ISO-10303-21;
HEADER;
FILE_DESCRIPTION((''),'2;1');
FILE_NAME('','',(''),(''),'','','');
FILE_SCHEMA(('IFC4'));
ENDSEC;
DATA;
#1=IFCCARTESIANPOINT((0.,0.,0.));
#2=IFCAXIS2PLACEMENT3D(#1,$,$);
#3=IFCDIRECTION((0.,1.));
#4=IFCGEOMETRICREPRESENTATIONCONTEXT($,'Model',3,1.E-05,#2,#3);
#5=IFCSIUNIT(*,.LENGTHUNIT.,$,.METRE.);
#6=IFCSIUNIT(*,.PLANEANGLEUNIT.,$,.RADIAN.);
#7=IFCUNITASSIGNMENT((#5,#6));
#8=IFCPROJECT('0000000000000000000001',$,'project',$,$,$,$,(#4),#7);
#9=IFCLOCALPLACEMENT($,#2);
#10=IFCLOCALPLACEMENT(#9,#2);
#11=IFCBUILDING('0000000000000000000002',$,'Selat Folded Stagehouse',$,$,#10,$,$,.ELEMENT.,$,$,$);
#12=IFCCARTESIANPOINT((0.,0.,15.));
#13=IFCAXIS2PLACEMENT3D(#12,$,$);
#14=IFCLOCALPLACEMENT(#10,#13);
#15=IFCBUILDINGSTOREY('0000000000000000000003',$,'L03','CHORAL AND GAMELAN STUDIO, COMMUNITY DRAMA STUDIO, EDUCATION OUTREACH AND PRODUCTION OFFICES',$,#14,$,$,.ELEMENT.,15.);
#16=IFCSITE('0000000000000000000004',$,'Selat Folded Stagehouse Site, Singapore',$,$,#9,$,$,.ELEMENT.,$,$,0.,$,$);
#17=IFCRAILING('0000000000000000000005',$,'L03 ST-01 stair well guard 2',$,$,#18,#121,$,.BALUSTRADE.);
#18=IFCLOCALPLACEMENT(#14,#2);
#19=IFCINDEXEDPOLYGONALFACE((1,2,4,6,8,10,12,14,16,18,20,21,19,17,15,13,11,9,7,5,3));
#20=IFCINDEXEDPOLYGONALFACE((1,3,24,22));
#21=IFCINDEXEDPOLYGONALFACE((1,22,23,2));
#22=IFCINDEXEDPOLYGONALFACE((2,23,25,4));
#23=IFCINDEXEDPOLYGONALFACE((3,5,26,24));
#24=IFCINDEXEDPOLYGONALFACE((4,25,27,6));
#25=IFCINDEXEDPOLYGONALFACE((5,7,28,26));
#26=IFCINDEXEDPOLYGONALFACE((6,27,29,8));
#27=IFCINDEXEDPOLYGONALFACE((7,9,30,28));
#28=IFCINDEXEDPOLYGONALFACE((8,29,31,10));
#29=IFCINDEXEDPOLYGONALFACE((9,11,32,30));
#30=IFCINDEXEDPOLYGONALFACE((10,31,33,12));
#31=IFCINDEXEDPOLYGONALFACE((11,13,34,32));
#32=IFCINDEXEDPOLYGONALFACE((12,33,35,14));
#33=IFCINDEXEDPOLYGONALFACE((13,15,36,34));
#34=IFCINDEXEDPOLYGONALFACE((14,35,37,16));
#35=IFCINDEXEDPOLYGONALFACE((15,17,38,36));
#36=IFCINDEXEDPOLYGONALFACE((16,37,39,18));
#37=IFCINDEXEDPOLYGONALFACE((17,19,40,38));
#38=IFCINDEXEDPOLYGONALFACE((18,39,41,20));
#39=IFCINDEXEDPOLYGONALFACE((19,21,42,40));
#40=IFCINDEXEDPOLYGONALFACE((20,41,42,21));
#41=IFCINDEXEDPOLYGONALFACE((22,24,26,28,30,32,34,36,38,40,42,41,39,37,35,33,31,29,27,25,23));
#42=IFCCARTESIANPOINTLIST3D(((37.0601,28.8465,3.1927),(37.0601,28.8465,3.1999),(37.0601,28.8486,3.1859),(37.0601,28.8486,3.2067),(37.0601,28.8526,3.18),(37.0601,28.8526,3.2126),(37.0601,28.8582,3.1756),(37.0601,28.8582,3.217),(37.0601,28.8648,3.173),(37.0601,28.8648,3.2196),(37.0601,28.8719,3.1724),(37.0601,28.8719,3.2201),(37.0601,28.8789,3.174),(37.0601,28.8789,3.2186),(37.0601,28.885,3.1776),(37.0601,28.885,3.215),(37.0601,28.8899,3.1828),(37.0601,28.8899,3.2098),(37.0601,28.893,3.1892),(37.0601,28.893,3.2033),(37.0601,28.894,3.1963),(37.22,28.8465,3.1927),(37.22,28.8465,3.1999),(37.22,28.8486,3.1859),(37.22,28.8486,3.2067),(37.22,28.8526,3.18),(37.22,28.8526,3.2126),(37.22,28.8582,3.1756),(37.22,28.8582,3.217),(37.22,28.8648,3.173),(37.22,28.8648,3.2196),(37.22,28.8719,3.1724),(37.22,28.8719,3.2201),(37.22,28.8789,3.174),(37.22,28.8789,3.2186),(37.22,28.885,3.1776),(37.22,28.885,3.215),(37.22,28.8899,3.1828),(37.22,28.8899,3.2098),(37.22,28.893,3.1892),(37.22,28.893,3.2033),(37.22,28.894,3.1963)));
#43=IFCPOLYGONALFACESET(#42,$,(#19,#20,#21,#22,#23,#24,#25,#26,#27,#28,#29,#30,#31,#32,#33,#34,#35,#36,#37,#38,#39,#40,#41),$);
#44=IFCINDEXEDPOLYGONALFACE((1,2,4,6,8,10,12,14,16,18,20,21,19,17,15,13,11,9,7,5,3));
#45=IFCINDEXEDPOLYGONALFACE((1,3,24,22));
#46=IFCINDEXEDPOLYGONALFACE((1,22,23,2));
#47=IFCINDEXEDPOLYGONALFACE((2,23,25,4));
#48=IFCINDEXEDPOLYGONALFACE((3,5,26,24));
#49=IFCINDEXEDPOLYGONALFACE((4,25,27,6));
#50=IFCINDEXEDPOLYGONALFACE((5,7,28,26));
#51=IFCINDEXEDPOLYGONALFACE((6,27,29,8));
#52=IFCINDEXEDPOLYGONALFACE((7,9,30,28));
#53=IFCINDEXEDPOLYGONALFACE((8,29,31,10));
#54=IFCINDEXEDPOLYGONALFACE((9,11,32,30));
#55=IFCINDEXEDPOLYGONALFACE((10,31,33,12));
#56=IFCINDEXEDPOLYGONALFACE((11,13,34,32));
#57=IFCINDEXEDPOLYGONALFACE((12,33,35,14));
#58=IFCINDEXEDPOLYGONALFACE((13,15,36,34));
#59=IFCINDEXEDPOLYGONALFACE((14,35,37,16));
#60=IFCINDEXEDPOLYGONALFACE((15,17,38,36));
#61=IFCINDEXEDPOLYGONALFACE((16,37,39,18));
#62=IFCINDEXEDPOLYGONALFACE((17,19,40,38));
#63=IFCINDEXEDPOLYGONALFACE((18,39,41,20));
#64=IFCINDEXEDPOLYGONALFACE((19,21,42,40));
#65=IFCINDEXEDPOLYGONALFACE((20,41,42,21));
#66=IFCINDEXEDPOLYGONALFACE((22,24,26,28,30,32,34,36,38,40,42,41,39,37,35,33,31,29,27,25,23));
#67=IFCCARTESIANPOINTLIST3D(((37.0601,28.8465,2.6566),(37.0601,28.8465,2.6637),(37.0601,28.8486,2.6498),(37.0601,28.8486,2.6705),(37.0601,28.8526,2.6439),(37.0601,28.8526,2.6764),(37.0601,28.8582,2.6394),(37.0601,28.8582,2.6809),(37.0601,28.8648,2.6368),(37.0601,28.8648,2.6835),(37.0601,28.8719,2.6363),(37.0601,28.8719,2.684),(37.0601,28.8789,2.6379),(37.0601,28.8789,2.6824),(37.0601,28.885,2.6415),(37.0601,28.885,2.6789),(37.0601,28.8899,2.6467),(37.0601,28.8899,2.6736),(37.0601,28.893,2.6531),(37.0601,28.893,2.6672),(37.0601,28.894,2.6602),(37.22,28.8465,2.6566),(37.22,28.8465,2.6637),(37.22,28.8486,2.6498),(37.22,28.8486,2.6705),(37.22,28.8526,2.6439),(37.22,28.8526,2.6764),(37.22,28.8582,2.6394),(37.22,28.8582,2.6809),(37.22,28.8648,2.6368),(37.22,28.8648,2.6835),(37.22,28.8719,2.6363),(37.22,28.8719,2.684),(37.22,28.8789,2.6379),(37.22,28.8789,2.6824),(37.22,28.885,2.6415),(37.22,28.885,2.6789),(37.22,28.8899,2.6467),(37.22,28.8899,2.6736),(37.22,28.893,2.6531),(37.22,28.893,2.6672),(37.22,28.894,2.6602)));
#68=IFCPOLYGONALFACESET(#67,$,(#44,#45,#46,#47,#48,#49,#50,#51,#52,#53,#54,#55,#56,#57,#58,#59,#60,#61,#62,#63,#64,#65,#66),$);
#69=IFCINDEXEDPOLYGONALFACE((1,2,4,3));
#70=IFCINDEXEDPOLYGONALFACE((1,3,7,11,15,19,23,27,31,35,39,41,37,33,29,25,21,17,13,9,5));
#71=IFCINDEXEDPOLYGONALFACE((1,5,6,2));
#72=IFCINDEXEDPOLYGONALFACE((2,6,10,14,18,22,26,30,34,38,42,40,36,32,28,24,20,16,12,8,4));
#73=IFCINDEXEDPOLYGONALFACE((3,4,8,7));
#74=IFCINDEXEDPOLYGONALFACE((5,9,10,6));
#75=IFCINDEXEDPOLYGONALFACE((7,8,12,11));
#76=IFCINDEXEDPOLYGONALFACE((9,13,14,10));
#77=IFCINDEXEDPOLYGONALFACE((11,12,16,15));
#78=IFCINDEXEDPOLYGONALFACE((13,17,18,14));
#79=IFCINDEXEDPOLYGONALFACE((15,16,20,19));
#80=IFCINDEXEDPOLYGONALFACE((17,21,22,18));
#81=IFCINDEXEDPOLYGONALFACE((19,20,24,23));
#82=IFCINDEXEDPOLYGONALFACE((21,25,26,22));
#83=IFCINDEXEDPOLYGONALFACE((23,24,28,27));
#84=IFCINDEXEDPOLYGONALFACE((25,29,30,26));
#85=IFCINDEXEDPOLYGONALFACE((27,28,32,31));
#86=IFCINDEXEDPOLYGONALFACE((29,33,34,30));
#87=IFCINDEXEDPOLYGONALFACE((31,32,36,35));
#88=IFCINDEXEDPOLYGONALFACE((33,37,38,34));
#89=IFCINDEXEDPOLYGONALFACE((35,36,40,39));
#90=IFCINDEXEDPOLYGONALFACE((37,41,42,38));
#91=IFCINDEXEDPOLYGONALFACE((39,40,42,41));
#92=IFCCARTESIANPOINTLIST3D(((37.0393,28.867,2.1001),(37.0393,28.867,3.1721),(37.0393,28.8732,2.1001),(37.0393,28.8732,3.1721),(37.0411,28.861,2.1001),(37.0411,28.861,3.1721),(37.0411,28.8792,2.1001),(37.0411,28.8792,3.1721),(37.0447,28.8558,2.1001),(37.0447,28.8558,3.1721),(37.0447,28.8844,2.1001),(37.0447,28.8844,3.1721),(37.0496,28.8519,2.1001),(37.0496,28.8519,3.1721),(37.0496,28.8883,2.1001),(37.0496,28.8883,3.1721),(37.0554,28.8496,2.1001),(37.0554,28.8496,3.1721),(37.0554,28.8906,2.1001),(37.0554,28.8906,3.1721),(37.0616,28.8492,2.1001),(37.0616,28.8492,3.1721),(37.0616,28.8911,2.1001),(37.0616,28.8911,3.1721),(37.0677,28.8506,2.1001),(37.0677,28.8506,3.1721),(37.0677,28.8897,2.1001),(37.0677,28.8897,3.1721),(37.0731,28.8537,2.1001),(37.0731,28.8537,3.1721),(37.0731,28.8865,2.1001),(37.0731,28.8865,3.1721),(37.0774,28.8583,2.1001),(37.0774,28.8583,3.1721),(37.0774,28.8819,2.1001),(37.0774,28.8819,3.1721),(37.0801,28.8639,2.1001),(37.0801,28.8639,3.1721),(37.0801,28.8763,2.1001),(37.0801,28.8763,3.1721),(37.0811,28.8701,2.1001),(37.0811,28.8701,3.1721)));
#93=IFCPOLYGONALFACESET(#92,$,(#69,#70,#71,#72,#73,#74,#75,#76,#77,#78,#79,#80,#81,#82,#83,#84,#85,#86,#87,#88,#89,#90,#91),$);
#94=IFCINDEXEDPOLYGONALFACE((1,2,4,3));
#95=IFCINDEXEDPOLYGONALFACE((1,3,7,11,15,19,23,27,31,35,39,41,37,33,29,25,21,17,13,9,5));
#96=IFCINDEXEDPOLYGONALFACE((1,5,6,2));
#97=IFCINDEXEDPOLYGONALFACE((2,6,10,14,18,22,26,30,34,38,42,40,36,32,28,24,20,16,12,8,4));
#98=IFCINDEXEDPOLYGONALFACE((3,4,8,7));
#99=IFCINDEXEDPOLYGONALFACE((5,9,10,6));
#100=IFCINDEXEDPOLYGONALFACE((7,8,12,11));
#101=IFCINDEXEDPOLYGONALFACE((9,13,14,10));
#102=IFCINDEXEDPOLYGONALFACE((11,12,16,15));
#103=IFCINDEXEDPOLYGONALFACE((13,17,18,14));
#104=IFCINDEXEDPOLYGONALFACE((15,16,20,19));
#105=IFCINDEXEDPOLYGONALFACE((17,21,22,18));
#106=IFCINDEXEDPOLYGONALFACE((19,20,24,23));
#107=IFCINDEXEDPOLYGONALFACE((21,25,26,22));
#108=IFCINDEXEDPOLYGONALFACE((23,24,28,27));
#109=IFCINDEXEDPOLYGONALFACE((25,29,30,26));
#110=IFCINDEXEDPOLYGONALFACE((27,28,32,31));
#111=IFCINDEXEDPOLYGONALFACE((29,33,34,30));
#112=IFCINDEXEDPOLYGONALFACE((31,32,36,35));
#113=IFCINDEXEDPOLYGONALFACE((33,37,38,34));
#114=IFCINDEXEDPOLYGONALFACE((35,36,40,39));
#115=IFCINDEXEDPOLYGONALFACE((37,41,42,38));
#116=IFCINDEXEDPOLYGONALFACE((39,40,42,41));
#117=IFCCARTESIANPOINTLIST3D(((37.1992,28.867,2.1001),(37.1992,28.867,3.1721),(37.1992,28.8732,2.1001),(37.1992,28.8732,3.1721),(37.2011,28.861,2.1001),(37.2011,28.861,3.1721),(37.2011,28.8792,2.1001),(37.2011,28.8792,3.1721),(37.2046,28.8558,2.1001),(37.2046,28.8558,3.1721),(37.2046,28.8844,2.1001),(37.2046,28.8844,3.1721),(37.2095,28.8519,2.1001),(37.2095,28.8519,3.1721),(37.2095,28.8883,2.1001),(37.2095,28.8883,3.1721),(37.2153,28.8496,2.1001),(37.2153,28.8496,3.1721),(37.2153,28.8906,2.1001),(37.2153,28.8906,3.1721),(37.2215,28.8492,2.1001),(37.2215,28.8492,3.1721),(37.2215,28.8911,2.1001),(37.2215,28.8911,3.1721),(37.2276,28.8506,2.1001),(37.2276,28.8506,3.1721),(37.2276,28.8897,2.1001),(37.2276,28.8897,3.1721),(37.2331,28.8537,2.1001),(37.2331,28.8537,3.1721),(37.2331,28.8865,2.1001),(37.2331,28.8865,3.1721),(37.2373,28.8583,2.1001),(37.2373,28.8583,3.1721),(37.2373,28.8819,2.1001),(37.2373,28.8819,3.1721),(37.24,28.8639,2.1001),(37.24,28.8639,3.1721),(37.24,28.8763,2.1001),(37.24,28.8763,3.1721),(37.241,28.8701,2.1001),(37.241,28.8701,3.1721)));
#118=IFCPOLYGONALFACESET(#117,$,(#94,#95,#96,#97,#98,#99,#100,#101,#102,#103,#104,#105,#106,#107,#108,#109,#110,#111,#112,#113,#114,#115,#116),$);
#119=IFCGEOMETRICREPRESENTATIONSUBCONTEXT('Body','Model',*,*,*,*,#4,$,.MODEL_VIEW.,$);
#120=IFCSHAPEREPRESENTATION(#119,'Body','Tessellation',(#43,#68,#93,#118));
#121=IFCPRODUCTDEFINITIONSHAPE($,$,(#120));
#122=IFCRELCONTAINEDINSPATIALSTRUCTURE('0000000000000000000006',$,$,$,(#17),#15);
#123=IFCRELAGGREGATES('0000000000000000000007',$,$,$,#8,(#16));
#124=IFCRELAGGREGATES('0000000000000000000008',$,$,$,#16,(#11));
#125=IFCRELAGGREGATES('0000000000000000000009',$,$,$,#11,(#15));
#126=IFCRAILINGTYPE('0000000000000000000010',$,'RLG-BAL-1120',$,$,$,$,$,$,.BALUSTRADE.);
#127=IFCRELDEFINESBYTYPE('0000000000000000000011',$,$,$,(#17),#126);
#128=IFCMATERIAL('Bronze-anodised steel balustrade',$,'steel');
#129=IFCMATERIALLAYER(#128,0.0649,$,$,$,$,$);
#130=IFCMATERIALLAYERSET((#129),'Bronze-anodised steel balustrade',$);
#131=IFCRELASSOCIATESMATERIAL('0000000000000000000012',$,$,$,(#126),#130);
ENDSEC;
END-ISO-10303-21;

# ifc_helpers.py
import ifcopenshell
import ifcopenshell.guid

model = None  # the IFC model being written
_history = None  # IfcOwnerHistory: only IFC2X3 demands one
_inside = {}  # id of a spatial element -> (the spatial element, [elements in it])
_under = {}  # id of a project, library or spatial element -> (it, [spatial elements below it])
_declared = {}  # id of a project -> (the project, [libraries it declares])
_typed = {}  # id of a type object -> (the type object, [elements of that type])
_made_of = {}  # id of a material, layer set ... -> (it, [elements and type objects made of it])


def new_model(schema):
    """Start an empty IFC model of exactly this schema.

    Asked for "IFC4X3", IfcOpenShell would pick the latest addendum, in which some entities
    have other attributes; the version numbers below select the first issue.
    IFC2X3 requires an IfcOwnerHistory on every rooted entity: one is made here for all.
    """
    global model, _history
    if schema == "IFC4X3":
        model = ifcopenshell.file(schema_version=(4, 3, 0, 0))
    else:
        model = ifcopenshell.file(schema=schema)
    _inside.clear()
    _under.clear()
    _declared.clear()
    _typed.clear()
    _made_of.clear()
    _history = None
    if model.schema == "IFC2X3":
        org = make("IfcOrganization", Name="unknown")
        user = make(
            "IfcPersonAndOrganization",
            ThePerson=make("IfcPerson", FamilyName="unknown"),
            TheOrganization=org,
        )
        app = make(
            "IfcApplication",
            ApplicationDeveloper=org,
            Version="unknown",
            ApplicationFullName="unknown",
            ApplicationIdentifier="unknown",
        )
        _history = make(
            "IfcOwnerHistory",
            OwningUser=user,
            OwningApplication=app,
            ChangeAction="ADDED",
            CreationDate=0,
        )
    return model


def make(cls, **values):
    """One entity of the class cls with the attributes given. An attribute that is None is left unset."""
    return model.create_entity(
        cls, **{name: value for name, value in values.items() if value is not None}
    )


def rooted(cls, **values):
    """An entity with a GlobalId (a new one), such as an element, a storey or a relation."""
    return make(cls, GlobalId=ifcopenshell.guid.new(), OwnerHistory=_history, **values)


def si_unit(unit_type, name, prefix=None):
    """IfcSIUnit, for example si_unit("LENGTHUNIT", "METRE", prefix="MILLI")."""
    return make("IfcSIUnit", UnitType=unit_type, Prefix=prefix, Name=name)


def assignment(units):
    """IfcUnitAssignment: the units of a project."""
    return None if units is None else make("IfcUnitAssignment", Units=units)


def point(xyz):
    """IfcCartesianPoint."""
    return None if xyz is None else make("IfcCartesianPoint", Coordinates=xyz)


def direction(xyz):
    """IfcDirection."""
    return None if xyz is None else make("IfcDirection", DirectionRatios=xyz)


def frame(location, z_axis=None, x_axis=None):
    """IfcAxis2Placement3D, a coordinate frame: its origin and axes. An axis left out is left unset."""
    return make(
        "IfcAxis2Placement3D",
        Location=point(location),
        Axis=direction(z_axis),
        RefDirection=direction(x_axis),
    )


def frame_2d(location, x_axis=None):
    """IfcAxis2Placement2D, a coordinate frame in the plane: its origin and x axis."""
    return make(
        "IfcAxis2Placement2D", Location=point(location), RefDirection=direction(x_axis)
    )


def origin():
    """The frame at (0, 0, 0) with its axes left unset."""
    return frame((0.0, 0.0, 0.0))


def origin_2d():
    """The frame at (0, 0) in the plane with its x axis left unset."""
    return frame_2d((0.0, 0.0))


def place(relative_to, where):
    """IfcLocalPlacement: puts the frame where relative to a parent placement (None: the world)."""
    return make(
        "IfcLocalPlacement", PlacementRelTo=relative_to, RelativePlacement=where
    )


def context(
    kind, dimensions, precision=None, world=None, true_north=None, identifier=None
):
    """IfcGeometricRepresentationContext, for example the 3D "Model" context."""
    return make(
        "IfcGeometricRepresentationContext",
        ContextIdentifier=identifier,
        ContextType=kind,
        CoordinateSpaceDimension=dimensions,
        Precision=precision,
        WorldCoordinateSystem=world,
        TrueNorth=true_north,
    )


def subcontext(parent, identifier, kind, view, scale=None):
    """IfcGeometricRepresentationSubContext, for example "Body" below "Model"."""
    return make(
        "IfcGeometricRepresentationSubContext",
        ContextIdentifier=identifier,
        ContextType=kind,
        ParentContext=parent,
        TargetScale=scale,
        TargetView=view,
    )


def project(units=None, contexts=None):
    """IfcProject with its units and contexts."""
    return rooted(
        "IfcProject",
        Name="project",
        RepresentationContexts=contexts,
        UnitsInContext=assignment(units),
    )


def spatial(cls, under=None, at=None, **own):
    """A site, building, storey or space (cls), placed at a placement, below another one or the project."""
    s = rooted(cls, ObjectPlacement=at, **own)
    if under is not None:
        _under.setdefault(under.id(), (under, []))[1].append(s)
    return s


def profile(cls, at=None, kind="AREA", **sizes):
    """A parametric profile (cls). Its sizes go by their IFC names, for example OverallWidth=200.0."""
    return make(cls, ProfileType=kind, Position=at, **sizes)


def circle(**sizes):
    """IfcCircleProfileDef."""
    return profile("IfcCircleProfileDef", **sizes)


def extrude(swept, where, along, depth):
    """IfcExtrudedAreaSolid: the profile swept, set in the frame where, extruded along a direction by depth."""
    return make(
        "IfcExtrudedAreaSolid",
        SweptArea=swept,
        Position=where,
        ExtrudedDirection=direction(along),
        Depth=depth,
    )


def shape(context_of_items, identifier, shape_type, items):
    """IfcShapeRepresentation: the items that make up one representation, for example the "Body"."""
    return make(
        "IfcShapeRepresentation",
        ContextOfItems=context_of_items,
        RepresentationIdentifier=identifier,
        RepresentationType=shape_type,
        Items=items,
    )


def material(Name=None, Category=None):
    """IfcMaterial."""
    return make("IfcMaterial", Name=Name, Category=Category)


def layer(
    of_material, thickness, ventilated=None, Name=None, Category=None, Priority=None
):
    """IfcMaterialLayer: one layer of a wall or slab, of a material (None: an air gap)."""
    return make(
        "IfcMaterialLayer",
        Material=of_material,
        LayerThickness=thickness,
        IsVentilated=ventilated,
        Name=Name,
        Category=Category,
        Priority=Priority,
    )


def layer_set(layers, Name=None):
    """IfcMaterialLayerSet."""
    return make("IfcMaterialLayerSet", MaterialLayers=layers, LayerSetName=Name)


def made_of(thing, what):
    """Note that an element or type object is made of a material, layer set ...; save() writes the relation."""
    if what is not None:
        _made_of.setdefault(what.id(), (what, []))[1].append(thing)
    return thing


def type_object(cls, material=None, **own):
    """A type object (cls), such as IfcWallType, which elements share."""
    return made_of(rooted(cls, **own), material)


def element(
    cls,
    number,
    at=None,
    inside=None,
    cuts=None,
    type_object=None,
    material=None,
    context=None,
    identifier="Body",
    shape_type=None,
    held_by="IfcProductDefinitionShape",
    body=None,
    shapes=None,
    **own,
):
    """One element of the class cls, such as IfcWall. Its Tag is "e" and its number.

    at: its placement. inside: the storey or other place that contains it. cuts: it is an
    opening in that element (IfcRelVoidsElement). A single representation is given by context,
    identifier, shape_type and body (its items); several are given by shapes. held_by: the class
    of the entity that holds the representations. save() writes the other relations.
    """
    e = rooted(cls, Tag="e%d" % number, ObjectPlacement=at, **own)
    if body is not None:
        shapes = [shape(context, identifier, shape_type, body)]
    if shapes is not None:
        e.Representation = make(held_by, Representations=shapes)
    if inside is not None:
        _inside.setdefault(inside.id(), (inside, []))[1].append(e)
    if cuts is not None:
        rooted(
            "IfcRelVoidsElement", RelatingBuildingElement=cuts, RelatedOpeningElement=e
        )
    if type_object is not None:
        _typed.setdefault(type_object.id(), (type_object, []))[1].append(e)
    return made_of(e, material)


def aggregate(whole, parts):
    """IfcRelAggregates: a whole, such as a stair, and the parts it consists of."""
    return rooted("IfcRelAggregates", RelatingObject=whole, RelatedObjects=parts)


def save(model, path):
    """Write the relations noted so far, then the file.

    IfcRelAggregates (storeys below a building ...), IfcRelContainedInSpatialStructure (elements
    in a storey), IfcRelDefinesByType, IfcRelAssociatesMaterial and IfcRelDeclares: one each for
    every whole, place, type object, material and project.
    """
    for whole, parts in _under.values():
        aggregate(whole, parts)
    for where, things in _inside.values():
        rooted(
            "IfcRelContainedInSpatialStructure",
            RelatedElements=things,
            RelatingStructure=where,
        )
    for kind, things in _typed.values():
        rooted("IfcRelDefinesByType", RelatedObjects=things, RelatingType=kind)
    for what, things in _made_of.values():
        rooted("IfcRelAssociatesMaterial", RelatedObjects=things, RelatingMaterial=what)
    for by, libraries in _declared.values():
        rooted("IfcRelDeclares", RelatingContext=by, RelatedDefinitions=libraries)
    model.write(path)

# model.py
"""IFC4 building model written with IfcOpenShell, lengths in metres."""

from ifc_helpers import new_model, si_unit, direction, frame, origin, origin_2d, place, context, subcontext, project, spatial, circle, extrude, material, layer, layer_set, type_object, element, save


model = new_model("IFC4")

# Units and contexts
model_context = context("Model", 3, precision=1e-05, world=origin(), true_north=direction((0.0, 1.0)))
body_context = subcontext(model_context, "Body", "Model", "MODEL_VIEW")
ifc_project = project(units=[si_unit("LENGTHUNIT", "METRE"), si_unit("PLANEANGLEUNIT", "RADIAN")], contexts=[model_context])

# Site, building, storey
site_placement = place(None, origin())
site = spatial("IfcSite", under=ifc_project, at=site_placement, Name="Selat Folded Stagehouse Site, Singapore", CompositionType="ELEMENT", RefElevation=0.0)
building_placement = place(site_placement, origin())
building = spatial("IfcBuilding", under=site, at=building_placement, Name="Selat Folded Stagehouse", CompositionType="ELEMENT")
storey_placement = place(building_placement, frame((0.0, 0.0, 15.0)))
storey = spatial("IfcBuildingStorey", under=building, at=storey_placement, Name="L03", Description="CHORAL AND GAMELAN STUDIO, COMMUNITY DRAMA STUDIO, EDUCATION OUTREACH AND PRODUCTION OFFICES", CompositionType="ELEMENT", Elevation=15.0)

# Railing
ifc_material_1 = material(Name="Bronze-anodised steel balustrade", Category="steel")
ifc_layer_1 = layer(ifc_material_1, 0.0649)
ifc_layer_set_1 = layer_set([ifc_layer_1], Name="Bronze-anodised steel balustrade")
railing_type_1 = type_object("IfcRailingType", Name="RLG-BAL-1120", PredefinedType="BALUSTRADE", material=ifc_layer_set_1)
railing_1_placement = place(storey_placement, frame((37.0601, 28.8701, 2.1001)))
element("IfcRailing", 1, at=railing_1_placement, inside=storey, type_object=railing_type_1, Name="L03 ST-01 stair well guard 2", PredefinedType="BALUSTRADE", context=body_context, shape_type="SweptSolid", body=[
    extrude(circle(Radius=0.0239, at=origin_2d()), frame((0.0, 0.0, 1.0962), z_axis=(1.0, 0.0, 0.0), x_axis=(0.0, 1.0, 0.0)), (0.0, 0.0, 1.0), 0.1599),
    extrude(circle(Radius=0.0239, at=origin_2d()), frame((0.0, 0.0, 0.5601), z_axis=(1.0, 0.0, 0.0), x_axis=(0.0, 1.0, 0.0)), (0.0, 0.0, 1.0), 0.1599),
    extrude(circle(Radius=0.021, at=origin_2d()), origin(), (0.0, 0.0, 1.0), 1.072),
    extrude(circle(Radius=0.021, at=origin_2d()), frame((0.1599, 0.0, 0.0)), (0.0, 0.0, 1.0), 1.072),
])

save(model, "model.ifc")
